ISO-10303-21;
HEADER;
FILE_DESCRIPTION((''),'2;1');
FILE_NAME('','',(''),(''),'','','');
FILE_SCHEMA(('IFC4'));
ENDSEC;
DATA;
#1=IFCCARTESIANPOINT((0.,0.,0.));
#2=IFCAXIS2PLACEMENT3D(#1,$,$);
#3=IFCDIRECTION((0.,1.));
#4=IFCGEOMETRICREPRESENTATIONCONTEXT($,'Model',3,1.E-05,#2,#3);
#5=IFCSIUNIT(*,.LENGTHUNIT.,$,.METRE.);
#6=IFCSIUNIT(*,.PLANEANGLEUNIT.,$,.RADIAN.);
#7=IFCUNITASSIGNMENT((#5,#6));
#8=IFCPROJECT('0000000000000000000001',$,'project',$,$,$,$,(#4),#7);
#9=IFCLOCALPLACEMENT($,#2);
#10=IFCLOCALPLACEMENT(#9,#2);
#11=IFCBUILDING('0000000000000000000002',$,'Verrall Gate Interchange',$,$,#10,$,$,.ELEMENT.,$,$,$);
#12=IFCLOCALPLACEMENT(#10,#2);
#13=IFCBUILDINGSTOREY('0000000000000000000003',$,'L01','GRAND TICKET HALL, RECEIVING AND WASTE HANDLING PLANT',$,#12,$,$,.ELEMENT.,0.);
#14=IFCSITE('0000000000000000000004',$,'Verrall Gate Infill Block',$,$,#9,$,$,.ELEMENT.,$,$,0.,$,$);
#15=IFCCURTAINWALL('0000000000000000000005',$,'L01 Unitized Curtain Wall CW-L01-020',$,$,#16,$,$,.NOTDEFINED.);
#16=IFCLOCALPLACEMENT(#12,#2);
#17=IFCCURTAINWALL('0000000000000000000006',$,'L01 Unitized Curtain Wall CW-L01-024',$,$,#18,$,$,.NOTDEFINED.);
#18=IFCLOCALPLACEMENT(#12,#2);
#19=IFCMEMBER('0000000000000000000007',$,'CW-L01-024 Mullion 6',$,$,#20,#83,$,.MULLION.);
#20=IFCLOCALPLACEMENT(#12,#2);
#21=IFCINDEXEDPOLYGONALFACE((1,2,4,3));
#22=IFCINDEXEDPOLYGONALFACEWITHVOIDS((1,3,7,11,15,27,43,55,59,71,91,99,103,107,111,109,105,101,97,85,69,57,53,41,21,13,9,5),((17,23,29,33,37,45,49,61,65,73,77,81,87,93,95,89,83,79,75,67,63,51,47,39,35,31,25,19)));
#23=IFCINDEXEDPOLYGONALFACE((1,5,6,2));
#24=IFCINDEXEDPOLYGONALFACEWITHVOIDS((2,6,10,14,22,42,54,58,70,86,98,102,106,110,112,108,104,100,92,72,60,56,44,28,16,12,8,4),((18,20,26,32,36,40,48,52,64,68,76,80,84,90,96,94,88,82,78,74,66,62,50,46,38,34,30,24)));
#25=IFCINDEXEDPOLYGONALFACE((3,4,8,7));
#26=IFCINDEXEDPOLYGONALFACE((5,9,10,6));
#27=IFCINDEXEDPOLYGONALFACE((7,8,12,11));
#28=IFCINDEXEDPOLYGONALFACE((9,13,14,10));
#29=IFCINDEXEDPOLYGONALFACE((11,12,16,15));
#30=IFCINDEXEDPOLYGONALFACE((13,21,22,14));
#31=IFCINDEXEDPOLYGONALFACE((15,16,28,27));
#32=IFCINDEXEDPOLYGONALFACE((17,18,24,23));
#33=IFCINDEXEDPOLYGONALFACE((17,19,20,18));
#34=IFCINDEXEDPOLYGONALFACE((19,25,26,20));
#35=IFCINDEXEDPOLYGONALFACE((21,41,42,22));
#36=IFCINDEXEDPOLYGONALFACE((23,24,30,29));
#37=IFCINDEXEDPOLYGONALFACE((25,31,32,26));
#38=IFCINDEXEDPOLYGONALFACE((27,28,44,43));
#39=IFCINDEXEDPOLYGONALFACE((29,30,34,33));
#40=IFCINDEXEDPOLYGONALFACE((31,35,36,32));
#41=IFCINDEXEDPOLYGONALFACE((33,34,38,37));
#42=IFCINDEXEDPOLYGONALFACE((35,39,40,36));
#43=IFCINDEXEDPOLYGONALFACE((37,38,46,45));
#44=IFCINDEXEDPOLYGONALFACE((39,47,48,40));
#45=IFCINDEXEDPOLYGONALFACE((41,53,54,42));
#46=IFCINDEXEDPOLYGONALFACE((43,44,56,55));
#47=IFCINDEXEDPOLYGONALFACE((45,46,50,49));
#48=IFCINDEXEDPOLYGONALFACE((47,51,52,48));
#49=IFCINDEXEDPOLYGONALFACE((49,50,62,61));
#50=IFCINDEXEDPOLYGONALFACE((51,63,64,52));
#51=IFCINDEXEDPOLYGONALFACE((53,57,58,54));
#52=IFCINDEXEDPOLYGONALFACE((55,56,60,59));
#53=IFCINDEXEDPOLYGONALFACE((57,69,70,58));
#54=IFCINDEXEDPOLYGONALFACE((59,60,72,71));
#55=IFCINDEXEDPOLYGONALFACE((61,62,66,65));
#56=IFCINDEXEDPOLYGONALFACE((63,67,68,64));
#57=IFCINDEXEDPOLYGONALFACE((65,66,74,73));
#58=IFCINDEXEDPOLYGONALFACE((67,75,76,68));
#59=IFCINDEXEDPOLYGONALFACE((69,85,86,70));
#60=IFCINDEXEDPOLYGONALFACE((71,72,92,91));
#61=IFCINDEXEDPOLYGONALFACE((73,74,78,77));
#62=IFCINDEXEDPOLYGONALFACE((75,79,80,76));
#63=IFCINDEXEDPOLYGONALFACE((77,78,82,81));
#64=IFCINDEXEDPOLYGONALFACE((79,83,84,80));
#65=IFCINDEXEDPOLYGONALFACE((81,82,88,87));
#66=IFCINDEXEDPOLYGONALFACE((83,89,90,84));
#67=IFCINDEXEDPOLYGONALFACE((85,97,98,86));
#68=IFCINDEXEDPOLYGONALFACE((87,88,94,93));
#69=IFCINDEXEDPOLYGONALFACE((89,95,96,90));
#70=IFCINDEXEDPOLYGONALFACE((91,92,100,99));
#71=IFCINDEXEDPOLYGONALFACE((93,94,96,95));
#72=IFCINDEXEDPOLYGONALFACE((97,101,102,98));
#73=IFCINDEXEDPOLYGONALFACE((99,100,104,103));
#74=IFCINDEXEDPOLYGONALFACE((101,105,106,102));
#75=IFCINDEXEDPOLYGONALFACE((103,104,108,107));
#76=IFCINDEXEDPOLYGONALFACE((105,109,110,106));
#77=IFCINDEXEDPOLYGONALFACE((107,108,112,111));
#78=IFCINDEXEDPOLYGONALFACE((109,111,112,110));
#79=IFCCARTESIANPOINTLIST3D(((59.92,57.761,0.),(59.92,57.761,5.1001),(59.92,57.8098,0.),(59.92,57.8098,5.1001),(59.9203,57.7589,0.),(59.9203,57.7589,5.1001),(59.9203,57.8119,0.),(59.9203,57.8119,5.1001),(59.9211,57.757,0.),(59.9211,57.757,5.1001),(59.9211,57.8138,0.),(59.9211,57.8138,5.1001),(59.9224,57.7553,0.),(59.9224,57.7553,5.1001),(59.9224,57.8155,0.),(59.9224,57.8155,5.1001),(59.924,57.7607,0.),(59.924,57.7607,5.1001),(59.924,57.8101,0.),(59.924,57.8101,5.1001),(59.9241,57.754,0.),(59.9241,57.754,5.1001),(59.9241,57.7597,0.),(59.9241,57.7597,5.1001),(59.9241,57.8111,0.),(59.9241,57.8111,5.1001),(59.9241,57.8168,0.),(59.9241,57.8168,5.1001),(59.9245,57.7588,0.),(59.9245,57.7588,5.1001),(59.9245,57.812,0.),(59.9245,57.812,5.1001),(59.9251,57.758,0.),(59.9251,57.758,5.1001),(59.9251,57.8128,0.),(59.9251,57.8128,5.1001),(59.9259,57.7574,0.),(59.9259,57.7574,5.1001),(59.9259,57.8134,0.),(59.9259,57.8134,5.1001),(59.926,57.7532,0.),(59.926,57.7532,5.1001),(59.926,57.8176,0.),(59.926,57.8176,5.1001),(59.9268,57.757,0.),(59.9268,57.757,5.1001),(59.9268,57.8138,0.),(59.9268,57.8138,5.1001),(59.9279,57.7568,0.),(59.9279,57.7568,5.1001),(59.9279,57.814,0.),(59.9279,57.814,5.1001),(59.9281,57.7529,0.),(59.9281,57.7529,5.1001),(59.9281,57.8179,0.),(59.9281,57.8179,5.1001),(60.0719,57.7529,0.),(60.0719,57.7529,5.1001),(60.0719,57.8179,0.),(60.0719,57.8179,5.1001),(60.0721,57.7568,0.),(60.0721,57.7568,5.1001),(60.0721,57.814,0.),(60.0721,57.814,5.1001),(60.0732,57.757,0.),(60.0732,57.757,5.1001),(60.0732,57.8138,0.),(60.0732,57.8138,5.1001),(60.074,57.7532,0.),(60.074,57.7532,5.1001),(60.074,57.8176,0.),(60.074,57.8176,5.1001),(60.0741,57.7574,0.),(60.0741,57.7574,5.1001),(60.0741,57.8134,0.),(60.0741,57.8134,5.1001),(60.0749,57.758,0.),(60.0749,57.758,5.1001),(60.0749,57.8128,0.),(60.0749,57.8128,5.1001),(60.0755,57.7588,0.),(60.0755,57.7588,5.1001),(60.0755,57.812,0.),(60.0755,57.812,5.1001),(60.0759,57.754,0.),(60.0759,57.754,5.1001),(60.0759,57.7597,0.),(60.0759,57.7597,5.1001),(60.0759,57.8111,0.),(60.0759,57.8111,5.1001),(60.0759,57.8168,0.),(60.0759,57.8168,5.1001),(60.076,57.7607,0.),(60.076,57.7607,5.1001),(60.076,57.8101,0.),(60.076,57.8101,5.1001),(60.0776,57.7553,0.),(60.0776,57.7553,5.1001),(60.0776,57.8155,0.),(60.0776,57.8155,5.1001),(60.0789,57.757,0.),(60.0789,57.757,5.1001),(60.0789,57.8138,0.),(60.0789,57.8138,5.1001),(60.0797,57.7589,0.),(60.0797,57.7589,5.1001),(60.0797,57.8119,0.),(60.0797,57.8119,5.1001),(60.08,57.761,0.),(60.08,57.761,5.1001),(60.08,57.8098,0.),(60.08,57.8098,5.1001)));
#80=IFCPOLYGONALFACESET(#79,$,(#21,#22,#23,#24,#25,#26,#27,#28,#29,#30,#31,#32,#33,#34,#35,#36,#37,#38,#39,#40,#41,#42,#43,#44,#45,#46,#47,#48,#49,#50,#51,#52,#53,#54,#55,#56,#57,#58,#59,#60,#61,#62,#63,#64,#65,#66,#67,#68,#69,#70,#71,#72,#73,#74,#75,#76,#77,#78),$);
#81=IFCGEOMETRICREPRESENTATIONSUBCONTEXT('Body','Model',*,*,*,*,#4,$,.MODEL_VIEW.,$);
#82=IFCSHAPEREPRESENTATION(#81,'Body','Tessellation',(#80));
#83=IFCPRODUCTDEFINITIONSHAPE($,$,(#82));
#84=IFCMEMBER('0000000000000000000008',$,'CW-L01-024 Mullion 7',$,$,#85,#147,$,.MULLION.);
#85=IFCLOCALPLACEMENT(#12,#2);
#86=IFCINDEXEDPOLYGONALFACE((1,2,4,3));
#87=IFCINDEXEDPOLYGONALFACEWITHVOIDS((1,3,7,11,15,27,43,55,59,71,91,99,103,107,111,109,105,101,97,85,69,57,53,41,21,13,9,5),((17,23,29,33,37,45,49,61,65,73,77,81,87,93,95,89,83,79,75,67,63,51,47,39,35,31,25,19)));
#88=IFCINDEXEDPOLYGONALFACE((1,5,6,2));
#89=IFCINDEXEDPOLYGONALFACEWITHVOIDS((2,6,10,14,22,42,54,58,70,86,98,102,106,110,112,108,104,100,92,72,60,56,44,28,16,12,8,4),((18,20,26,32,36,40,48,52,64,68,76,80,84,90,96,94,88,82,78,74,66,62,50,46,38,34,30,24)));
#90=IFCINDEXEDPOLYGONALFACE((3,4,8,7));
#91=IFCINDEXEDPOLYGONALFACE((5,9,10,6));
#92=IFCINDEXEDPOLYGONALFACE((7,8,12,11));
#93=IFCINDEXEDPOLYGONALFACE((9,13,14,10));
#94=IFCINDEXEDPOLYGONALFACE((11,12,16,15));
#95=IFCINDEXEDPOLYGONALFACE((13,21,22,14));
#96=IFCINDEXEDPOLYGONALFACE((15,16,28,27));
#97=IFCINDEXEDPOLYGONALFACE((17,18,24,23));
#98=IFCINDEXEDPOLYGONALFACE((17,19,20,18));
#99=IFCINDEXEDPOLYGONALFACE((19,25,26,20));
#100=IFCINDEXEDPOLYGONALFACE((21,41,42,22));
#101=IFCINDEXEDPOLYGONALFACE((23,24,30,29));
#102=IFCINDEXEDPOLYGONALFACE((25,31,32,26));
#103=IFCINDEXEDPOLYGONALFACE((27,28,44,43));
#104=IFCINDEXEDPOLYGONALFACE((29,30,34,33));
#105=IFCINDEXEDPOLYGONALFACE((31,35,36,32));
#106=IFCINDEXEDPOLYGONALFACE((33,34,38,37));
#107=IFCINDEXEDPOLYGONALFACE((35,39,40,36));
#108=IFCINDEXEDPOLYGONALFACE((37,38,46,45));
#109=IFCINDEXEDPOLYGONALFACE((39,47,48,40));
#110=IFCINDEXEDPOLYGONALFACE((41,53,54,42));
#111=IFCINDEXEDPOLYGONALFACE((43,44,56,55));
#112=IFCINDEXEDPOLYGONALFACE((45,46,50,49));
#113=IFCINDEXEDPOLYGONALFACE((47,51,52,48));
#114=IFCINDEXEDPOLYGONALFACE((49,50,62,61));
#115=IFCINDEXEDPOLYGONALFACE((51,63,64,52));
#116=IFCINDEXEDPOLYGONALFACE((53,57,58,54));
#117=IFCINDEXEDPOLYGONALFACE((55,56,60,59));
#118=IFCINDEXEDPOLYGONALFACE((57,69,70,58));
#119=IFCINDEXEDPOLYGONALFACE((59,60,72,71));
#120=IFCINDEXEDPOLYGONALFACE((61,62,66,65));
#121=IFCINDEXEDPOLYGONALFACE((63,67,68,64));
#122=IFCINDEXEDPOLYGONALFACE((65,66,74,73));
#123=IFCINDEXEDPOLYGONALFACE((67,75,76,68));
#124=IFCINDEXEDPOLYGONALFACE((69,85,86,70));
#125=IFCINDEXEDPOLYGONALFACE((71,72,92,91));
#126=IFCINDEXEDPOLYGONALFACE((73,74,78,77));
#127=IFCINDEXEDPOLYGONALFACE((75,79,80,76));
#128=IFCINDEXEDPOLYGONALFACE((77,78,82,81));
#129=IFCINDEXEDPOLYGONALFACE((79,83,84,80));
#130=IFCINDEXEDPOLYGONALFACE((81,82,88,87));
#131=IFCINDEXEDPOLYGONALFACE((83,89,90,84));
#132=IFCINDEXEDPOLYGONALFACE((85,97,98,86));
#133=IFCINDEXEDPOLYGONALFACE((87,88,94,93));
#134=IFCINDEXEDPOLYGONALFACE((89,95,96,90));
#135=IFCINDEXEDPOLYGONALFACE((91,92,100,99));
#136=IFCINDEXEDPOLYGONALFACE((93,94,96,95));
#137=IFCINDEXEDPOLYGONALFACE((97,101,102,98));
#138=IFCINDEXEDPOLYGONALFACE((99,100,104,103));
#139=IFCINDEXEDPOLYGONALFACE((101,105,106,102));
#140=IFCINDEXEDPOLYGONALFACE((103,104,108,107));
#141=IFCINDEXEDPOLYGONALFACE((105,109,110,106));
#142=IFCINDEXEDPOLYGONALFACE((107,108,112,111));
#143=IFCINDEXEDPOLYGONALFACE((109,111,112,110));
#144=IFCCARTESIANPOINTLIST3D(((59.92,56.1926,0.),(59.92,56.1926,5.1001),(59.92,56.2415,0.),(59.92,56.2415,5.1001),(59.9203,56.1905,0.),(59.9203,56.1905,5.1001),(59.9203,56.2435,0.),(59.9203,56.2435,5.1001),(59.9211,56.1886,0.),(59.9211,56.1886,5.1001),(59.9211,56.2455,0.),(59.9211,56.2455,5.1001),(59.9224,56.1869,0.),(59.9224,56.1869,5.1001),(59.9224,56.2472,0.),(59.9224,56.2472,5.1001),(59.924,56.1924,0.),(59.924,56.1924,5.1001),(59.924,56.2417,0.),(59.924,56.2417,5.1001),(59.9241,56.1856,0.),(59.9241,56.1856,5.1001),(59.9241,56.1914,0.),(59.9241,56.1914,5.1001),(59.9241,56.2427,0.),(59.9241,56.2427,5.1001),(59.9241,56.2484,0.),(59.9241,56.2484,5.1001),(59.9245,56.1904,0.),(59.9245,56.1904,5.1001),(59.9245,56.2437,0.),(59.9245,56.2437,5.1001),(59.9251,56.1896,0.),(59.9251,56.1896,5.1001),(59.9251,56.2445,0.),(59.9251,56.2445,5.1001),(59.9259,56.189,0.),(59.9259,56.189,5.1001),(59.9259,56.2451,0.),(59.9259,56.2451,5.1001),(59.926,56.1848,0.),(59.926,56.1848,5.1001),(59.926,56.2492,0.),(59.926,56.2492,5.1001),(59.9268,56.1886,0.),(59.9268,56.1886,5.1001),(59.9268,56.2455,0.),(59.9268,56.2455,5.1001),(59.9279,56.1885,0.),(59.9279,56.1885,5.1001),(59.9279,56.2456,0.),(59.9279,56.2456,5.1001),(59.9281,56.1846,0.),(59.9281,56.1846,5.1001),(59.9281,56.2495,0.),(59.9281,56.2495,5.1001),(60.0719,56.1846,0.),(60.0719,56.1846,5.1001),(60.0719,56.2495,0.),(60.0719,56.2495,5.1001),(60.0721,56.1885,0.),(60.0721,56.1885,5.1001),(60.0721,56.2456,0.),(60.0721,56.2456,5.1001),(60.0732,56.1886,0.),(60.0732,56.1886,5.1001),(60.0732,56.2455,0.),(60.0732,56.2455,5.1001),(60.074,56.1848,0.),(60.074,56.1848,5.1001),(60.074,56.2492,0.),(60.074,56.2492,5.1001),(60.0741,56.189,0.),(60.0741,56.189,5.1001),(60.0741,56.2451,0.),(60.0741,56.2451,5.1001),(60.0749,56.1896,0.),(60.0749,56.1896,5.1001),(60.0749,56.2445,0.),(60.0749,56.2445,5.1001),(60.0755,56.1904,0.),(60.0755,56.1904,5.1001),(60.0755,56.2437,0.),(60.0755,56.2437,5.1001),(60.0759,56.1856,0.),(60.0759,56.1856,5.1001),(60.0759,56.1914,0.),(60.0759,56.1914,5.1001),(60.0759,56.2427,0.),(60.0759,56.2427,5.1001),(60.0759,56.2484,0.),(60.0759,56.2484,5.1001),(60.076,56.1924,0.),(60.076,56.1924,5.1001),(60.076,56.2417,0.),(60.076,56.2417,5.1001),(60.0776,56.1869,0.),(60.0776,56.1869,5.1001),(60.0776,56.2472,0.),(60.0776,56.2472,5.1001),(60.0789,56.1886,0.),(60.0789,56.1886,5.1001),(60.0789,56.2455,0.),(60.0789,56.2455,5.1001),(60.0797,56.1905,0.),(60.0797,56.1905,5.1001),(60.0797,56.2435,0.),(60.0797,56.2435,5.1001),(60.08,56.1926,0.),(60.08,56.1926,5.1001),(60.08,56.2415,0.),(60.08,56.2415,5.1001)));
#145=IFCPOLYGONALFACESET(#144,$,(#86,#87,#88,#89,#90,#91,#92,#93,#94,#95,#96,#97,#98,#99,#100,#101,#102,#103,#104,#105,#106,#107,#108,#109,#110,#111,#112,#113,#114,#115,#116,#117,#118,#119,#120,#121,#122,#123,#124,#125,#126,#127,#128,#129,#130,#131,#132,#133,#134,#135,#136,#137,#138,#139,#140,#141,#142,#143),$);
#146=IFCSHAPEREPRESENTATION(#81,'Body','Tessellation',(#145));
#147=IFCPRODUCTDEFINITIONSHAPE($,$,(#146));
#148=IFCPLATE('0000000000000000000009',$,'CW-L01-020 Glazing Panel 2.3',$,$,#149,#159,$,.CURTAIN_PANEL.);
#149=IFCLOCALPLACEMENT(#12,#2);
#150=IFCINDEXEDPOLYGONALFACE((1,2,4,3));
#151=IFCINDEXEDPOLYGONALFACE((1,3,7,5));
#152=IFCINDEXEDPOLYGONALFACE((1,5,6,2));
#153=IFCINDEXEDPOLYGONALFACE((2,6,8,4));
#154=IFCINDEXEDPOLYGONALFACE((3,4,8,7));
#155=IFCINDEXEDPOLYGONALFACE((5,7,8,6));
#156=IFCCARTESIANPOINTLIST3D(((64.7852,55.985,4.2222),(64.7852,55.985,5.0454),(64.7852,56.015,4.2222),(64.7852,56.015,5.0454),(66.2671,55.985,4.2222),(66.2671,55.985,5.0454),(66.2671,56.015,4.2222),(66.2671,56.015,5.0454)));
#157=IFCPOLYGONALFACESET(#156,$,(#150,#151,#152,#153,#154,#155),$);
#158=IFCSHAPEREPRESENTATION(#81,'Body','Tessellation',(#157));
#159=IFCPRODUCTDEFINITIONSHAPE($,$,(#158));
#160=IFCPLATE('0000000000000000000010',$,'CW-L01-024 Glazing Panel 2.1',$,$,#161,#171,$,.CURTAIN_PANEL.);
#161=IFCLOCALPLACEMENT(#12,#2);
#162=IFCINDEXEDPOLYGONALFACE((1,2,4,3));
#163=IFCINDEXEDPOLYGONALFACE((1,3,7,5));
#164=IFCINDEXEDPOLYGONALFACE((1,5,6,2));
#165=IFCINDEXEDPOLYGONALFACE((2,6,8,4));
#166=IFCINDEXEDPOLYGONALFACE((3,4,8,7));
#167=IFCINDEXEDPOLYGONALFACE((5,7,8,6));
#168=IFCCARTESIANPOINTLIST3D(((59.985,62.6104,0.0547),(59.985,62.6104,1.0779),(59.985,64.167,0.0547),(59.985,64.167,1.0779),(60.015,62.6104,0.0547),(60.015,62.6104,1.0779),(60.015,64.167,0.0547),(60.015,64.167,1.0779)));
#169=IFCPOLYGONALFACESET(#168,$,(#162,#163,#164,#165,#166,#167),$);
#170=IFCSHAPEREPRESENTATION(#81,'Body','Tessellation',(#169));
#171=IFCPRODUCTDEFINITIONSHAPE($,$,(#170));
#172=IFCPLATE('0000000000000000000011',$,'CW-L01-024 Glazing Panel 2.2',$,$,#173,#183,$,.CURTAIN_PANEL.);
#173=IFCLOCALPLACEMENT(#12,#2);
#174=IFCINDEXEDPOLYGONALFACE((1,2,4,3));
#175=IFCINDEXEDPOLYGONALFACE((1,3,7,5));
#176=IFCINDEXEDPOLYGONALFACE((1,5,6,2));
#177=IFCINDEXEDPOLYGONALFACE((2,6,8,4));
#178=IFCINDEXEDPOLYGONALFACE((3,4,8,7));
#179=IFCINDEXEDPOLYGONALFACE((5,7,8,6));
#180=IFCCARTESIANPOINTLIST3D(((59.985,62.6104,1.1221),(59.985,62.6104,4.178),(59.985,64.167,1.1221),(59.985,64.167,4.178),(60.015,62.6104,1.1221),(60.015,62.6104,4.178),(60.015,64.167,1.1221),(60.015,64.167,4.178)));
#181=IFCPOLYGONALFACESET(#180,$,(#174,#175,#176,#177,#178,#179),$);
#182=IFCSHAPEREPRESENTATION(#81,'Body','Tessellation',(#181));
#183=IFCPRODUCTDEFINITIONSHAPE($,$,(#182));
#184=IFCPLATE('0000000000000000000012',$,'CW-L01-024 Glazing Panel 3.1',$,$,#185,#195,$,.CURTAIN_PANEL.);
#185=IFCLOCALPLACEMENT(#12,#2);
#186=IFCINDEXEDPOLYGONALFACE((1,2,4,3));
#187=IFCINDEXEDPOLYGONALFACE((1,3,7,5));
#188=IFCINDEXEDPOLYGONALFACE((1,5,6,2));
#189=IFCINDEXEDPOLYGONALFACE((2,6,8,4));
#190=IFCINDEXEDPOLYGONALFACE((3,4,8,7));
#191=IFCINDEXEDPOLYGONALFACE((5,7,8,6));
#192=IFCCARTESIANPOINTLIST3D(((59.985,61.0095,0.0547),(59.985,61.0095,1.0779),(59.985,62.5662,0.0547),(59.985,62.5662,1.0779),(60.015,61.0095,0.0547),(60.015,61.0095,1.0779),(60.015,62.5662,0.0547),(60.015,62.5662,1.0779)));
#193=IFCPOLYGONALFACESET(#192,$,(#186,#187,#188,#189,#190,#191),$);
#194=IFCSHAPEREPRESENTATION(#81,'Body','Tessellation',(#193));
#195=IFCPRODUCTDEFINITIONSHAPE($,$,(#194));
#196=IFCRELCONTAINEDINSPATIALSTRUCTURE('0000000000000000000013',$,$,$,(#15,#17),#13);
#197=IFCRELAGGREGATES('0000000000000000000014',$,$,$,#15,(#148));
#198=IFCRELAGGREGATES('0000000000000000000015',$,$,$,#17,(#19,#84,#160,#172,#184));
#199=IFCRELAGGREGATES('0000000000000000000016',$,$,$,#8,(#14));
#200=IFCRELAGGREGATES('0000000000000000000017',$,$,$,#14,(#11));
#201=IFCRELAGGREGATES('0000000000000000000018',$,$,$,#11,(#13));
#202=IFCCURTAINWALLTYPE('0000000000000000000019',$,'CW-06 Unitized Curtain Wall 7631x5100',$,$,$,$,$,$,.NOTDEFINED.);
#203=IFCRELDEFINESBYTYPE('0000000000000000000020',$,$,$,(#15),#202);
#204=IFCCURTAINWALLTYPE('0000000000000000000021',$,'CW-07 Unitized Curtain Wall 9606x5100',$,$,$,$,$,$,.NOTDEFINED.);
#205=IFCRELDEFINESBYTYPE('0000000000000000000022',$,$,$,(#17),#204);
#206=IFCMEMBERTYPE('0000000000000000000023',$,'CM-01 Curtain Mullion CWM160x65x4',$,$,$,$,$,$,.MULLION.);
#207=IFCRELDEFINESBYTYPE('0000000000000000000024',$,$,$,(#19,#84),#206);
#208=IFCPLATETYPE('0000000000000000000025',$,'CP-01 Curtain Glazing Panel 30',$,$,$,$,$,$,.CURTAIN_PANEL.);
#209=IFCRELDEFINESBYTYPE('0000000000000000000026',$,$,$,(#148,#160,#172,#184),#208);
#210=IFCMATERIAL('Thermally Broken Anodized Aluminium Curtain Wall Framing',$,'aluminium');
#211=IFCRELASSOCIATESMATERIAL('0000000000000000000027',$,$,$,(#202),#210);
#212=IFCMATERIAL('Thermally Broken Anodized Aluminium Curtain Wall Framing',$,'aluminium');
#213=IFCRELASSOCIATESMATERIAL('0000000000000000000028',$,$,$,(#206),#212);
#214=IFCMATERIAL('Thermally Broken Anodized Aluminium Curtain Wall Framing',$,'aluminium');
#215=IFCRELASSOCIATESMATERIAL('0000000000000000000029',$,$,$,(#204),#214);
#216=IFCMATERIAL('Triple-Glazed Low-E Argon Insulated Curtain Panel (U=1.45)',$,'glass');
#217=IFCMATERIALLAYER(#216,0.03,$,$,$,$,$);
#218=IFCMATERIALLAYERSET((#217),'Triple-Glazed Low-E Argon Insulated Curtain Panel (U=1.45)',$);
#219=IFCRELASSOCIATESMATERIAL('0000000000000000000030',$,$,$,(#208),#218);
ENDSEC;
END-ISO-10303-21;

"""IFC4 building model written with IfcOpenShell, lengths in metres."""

from ifc_helpers import new_model, si_unit, direction, frame, origin, origin_2d, place, context, subcontext, project, spatial, rectangle, hollow_rectangle, extrude, material, layer, layer_set, material_profile, profile_set, type_object, element, aggregate, save


model = new_model("IFC4")

# Units and contexts
model_context = context("Model", 3, precision=1e-05, world=origin(), true_north=direction((0.0, 1.0)))
body_context = subcontext(model_context, "Body", "Model", "MODEL_VIEW")
ifc_project = project(units=[si_unit("LENGTHUNIT", "METRE"), si_unit("PLANEANGLEUNIT", "RADIAN")], contexts=[model_context])

# Site, building, storey
site_placement = place(None, origin())
site = spatial("IfcSite", under=ifc_project, at=site_placement, Name="Verrall Gate Infill Block", CompositionType="ELEMENT", RefElevation=0.0)
building_placement = place(site_placement, origin())
building = spatial("IfcBuilding", under=site, at=building_placement, Name="Verrall Gate Interchange", CompositionType="ELEMENT")
storey_placement = place(building_placement, origin())
storey = spatial("IfcBuildingStorey", under=building, at=storey_placement, Name="L01", Description="GRAND TICKET HALL, RECEIVING AND WASTE HANDLING PLANT", CompositionType="ELEMENT", Elevation=0.0)

# Curtain wall
ifc_material_1 = material(Name="Thermally Broken Anodized Aluminium Curtain Wall Framing", Category="aluminium")
curtain_wall_type_1 = type_object("IfcCurtainWallType", Name="CW-06 Unitized Curtain Wall 7631x5100", PredefinedType="NOTDEFINED", material=ifc_material_1)
curtain_wall_1_placement = place(storey_placement, origin())
curtain_wall_1 = element("IfcCurtainWall", 1, at=curtain_wall_1_placement, inside=storey, type_object=curtain_wall_type_1, Name="L01 Unitized Curtain Wall CW-L01-020", PredefinedType="NOTDEFINED")
ifc_material_2 = material(Name="Thermally Broken Anodized Aluminium Curtain Wall Framing", Category="aluminium")
ifc_material_profile = material_profile(ifc_material_2, hollow_rectangle(XDim=0.0649, YDim=0.1599, WallThickness=0.0039, InnerFilletRadius=0.0039, OuterFilletRadius=0.0081, at=origin_2d()), Name="CWM160x65x4")
ifc_profile_set = profile_set([ifc_material_profile], Name="Thermally Broken Anodized Aluminium Curtain Wall Framing")
member_type = type_object("IfcMemberType", Name="CM-01 Curtain Mullion CWM160x65x4", PredefinedType="MULLION", material=ifc_profile_set)

# Curtain wall, members
ifc_material_3 = material(Name="Thermally Broken Anodized Aluminium Curtain Wall Framing", Category="aluminium")
curtain_wall_type_2 = type_object("IfcCurtainWallType", Name="CW-07 Unitized Curtain Wall 9606x5100", PredefinedType="NOTDEFINED", material=ifc_material_3)
curtain_wall_2_placement = place(storey_placement, origin())
curtain_wall_2 = element("IfcCurtainWall", 2, at=curtain_wall_2_placement, inside=storey, type_object=curtain_wall_type_2, Name="L01 Unitized Curtain Wall CW-L01-024", PredefinedType="NOTDEFINED")
member_1_placement = place(storey_placement, frame((60.0, 57.7854, 0.0), z_axis=(0.0, 0.0, 1.0), x_axis=(0.0, -1.0, 0.0)))
member_1 = element("IfcMember", 3, at=member_1_placement, type_object=member_type, Name="CW-L01-024 Mullion 6", PredefinedType="MULLION", context=body_context, shape_type="SweptSolid", body=[
    extrude(hollow_rectangle(XDim=0.0649, YDim=0.1599, WallThickness=0.0039, InnerFilletRadius=0.0039, OuterFilletRadius=0.0081, at=origin_2d()), origin(), (0.0, 0.0, 1.0), 5.1001),
])
member_2_placement = place(storey_placement, frame((60.0, 56.217, 0.0), z_axis=(0.0, 0.0, 1.0), x_axis=(0.0, -1.0, 0.0)))
member_2 = element("IfcMember", 4, at=member_2_placement, type_object=member_type, Name="CW-L01-024 Mullion 7", PredefinedType="MULLION", context=body_context, shape_type="SweptSolid", body=[
    extrude(hollow_rectangle(XDim=0.0649, YDim=0.1599, WallThickness=0.0039, InnerFilletRadius=0.0039, OuterFilletRadius=0.0081, at=origin_2d()), origin(), (0.0, 0.0, 1.0), 5.1001),
])

# Plates
ifc_material_4 = material(Name="Triple-Glazed Low-E Argon Insulated Curtain Panel (U=1.45)", Category="glass")
ifc_layer = layer(ifc_material_4, 0.03)
ifc_layer_set = layer_set([ifc_layer], Name="Triple-Glazed Low-E Argon Insulated Curtain Panel (U=1.45)")
plate_type = type_object("IfcPlateType", Name="CP-01 Curtain Glazing Panel 30", PredefinedType="CURTAIN_PANEL", material=ifc_layer_set)
plate_1_placement = place(storey_placement, frame((65.5261, 56.0, 4.2222), z_axis=(0.0, 0.0, 1.0), x_axis=(-1.0, 0.0, 0.0)))
plate_1 = element("IfcPlate", 5, at=plate_1_placement, type_object=plate_type, Name="CW-L01-020 Glazing Panel 2.3", PredefinedType="CURTAIN_PANEL", context=body_context, shape_type="SweptSolid", body=[
    extrude(rectangle(XDim=1.4819, YDim=0.03, at=origin_2d()), origin(), (0.0, 0.0, 1.0), 0.8232),
])
aggregate(curtain_wall_1, [plate_1])
plate_2_placement = place(storey_placement, frame((60.0, 63.3887, 0.0547), z_axis=(0.0, 0.0, 1.0), x_axis=(0.0, -1.0, 0.0)))
plate_2 = element("IfcPlate", 6, at=plate_2_placement, type_object=plate_type, Name="CW-L01-024 Glazing Panel 2.1", PredefinedType="CURTAIN_PANEL", context=body_context, shape_type="SweptSolid", body=[
    extrude(rectangle(XDim=1.5566, YDim=0.03, at=origin_2d()), origin(), (0.0, 0.0, 1.0), 1.0232),
])
plate_3_placement = place(storey_placement, frame((60.0, 63.3887, 1.1221), z_axis=(0.0, 0.0, 1.0), x_axis=(0.0, -1.0, 0.0)))
plate_3 = element("IfcPlate", 7, at=plate_3_placement, type_object=plate_type, Name="CW-L01-024 Glazing Panel 2.2", PredefinedType="CURTAIN_PANEL", context=body_context, shape_type="SweptSolid", body=[
    extrude(rectangle(XDim=1.5566, YDim=0.03, at=origin_2d()), origin(), (0.0, 0.0, 1.0), 3.0559),
])
plate_4_placement = place(storey_placement, frame((60.0, 61.7878, 0.0547), z_axis=(0.0, 0.0, 1.0), x_axis=(0.0, -1.0, 0.0)))
plate_4 = element("IfcPlate", 8, at=plate_4_placement, type_object=plate_type, Name="CW-L01-024 Glazing Panel 3.1", PredefinedType="CURTAIN_PANEL", context=body_context, shape_type="SweptSolid", body=[
    extrude(rectangle(XDim=1.5566, YDim=0.03, at=origin_2d()), origin(), (0.0, 0.0, 1.0), 1.0232),
])
aggregate(curtain_wall_2, [member_1, member_2, plate_2, plate_3, plate_4])

save(model, "model.ifc")
